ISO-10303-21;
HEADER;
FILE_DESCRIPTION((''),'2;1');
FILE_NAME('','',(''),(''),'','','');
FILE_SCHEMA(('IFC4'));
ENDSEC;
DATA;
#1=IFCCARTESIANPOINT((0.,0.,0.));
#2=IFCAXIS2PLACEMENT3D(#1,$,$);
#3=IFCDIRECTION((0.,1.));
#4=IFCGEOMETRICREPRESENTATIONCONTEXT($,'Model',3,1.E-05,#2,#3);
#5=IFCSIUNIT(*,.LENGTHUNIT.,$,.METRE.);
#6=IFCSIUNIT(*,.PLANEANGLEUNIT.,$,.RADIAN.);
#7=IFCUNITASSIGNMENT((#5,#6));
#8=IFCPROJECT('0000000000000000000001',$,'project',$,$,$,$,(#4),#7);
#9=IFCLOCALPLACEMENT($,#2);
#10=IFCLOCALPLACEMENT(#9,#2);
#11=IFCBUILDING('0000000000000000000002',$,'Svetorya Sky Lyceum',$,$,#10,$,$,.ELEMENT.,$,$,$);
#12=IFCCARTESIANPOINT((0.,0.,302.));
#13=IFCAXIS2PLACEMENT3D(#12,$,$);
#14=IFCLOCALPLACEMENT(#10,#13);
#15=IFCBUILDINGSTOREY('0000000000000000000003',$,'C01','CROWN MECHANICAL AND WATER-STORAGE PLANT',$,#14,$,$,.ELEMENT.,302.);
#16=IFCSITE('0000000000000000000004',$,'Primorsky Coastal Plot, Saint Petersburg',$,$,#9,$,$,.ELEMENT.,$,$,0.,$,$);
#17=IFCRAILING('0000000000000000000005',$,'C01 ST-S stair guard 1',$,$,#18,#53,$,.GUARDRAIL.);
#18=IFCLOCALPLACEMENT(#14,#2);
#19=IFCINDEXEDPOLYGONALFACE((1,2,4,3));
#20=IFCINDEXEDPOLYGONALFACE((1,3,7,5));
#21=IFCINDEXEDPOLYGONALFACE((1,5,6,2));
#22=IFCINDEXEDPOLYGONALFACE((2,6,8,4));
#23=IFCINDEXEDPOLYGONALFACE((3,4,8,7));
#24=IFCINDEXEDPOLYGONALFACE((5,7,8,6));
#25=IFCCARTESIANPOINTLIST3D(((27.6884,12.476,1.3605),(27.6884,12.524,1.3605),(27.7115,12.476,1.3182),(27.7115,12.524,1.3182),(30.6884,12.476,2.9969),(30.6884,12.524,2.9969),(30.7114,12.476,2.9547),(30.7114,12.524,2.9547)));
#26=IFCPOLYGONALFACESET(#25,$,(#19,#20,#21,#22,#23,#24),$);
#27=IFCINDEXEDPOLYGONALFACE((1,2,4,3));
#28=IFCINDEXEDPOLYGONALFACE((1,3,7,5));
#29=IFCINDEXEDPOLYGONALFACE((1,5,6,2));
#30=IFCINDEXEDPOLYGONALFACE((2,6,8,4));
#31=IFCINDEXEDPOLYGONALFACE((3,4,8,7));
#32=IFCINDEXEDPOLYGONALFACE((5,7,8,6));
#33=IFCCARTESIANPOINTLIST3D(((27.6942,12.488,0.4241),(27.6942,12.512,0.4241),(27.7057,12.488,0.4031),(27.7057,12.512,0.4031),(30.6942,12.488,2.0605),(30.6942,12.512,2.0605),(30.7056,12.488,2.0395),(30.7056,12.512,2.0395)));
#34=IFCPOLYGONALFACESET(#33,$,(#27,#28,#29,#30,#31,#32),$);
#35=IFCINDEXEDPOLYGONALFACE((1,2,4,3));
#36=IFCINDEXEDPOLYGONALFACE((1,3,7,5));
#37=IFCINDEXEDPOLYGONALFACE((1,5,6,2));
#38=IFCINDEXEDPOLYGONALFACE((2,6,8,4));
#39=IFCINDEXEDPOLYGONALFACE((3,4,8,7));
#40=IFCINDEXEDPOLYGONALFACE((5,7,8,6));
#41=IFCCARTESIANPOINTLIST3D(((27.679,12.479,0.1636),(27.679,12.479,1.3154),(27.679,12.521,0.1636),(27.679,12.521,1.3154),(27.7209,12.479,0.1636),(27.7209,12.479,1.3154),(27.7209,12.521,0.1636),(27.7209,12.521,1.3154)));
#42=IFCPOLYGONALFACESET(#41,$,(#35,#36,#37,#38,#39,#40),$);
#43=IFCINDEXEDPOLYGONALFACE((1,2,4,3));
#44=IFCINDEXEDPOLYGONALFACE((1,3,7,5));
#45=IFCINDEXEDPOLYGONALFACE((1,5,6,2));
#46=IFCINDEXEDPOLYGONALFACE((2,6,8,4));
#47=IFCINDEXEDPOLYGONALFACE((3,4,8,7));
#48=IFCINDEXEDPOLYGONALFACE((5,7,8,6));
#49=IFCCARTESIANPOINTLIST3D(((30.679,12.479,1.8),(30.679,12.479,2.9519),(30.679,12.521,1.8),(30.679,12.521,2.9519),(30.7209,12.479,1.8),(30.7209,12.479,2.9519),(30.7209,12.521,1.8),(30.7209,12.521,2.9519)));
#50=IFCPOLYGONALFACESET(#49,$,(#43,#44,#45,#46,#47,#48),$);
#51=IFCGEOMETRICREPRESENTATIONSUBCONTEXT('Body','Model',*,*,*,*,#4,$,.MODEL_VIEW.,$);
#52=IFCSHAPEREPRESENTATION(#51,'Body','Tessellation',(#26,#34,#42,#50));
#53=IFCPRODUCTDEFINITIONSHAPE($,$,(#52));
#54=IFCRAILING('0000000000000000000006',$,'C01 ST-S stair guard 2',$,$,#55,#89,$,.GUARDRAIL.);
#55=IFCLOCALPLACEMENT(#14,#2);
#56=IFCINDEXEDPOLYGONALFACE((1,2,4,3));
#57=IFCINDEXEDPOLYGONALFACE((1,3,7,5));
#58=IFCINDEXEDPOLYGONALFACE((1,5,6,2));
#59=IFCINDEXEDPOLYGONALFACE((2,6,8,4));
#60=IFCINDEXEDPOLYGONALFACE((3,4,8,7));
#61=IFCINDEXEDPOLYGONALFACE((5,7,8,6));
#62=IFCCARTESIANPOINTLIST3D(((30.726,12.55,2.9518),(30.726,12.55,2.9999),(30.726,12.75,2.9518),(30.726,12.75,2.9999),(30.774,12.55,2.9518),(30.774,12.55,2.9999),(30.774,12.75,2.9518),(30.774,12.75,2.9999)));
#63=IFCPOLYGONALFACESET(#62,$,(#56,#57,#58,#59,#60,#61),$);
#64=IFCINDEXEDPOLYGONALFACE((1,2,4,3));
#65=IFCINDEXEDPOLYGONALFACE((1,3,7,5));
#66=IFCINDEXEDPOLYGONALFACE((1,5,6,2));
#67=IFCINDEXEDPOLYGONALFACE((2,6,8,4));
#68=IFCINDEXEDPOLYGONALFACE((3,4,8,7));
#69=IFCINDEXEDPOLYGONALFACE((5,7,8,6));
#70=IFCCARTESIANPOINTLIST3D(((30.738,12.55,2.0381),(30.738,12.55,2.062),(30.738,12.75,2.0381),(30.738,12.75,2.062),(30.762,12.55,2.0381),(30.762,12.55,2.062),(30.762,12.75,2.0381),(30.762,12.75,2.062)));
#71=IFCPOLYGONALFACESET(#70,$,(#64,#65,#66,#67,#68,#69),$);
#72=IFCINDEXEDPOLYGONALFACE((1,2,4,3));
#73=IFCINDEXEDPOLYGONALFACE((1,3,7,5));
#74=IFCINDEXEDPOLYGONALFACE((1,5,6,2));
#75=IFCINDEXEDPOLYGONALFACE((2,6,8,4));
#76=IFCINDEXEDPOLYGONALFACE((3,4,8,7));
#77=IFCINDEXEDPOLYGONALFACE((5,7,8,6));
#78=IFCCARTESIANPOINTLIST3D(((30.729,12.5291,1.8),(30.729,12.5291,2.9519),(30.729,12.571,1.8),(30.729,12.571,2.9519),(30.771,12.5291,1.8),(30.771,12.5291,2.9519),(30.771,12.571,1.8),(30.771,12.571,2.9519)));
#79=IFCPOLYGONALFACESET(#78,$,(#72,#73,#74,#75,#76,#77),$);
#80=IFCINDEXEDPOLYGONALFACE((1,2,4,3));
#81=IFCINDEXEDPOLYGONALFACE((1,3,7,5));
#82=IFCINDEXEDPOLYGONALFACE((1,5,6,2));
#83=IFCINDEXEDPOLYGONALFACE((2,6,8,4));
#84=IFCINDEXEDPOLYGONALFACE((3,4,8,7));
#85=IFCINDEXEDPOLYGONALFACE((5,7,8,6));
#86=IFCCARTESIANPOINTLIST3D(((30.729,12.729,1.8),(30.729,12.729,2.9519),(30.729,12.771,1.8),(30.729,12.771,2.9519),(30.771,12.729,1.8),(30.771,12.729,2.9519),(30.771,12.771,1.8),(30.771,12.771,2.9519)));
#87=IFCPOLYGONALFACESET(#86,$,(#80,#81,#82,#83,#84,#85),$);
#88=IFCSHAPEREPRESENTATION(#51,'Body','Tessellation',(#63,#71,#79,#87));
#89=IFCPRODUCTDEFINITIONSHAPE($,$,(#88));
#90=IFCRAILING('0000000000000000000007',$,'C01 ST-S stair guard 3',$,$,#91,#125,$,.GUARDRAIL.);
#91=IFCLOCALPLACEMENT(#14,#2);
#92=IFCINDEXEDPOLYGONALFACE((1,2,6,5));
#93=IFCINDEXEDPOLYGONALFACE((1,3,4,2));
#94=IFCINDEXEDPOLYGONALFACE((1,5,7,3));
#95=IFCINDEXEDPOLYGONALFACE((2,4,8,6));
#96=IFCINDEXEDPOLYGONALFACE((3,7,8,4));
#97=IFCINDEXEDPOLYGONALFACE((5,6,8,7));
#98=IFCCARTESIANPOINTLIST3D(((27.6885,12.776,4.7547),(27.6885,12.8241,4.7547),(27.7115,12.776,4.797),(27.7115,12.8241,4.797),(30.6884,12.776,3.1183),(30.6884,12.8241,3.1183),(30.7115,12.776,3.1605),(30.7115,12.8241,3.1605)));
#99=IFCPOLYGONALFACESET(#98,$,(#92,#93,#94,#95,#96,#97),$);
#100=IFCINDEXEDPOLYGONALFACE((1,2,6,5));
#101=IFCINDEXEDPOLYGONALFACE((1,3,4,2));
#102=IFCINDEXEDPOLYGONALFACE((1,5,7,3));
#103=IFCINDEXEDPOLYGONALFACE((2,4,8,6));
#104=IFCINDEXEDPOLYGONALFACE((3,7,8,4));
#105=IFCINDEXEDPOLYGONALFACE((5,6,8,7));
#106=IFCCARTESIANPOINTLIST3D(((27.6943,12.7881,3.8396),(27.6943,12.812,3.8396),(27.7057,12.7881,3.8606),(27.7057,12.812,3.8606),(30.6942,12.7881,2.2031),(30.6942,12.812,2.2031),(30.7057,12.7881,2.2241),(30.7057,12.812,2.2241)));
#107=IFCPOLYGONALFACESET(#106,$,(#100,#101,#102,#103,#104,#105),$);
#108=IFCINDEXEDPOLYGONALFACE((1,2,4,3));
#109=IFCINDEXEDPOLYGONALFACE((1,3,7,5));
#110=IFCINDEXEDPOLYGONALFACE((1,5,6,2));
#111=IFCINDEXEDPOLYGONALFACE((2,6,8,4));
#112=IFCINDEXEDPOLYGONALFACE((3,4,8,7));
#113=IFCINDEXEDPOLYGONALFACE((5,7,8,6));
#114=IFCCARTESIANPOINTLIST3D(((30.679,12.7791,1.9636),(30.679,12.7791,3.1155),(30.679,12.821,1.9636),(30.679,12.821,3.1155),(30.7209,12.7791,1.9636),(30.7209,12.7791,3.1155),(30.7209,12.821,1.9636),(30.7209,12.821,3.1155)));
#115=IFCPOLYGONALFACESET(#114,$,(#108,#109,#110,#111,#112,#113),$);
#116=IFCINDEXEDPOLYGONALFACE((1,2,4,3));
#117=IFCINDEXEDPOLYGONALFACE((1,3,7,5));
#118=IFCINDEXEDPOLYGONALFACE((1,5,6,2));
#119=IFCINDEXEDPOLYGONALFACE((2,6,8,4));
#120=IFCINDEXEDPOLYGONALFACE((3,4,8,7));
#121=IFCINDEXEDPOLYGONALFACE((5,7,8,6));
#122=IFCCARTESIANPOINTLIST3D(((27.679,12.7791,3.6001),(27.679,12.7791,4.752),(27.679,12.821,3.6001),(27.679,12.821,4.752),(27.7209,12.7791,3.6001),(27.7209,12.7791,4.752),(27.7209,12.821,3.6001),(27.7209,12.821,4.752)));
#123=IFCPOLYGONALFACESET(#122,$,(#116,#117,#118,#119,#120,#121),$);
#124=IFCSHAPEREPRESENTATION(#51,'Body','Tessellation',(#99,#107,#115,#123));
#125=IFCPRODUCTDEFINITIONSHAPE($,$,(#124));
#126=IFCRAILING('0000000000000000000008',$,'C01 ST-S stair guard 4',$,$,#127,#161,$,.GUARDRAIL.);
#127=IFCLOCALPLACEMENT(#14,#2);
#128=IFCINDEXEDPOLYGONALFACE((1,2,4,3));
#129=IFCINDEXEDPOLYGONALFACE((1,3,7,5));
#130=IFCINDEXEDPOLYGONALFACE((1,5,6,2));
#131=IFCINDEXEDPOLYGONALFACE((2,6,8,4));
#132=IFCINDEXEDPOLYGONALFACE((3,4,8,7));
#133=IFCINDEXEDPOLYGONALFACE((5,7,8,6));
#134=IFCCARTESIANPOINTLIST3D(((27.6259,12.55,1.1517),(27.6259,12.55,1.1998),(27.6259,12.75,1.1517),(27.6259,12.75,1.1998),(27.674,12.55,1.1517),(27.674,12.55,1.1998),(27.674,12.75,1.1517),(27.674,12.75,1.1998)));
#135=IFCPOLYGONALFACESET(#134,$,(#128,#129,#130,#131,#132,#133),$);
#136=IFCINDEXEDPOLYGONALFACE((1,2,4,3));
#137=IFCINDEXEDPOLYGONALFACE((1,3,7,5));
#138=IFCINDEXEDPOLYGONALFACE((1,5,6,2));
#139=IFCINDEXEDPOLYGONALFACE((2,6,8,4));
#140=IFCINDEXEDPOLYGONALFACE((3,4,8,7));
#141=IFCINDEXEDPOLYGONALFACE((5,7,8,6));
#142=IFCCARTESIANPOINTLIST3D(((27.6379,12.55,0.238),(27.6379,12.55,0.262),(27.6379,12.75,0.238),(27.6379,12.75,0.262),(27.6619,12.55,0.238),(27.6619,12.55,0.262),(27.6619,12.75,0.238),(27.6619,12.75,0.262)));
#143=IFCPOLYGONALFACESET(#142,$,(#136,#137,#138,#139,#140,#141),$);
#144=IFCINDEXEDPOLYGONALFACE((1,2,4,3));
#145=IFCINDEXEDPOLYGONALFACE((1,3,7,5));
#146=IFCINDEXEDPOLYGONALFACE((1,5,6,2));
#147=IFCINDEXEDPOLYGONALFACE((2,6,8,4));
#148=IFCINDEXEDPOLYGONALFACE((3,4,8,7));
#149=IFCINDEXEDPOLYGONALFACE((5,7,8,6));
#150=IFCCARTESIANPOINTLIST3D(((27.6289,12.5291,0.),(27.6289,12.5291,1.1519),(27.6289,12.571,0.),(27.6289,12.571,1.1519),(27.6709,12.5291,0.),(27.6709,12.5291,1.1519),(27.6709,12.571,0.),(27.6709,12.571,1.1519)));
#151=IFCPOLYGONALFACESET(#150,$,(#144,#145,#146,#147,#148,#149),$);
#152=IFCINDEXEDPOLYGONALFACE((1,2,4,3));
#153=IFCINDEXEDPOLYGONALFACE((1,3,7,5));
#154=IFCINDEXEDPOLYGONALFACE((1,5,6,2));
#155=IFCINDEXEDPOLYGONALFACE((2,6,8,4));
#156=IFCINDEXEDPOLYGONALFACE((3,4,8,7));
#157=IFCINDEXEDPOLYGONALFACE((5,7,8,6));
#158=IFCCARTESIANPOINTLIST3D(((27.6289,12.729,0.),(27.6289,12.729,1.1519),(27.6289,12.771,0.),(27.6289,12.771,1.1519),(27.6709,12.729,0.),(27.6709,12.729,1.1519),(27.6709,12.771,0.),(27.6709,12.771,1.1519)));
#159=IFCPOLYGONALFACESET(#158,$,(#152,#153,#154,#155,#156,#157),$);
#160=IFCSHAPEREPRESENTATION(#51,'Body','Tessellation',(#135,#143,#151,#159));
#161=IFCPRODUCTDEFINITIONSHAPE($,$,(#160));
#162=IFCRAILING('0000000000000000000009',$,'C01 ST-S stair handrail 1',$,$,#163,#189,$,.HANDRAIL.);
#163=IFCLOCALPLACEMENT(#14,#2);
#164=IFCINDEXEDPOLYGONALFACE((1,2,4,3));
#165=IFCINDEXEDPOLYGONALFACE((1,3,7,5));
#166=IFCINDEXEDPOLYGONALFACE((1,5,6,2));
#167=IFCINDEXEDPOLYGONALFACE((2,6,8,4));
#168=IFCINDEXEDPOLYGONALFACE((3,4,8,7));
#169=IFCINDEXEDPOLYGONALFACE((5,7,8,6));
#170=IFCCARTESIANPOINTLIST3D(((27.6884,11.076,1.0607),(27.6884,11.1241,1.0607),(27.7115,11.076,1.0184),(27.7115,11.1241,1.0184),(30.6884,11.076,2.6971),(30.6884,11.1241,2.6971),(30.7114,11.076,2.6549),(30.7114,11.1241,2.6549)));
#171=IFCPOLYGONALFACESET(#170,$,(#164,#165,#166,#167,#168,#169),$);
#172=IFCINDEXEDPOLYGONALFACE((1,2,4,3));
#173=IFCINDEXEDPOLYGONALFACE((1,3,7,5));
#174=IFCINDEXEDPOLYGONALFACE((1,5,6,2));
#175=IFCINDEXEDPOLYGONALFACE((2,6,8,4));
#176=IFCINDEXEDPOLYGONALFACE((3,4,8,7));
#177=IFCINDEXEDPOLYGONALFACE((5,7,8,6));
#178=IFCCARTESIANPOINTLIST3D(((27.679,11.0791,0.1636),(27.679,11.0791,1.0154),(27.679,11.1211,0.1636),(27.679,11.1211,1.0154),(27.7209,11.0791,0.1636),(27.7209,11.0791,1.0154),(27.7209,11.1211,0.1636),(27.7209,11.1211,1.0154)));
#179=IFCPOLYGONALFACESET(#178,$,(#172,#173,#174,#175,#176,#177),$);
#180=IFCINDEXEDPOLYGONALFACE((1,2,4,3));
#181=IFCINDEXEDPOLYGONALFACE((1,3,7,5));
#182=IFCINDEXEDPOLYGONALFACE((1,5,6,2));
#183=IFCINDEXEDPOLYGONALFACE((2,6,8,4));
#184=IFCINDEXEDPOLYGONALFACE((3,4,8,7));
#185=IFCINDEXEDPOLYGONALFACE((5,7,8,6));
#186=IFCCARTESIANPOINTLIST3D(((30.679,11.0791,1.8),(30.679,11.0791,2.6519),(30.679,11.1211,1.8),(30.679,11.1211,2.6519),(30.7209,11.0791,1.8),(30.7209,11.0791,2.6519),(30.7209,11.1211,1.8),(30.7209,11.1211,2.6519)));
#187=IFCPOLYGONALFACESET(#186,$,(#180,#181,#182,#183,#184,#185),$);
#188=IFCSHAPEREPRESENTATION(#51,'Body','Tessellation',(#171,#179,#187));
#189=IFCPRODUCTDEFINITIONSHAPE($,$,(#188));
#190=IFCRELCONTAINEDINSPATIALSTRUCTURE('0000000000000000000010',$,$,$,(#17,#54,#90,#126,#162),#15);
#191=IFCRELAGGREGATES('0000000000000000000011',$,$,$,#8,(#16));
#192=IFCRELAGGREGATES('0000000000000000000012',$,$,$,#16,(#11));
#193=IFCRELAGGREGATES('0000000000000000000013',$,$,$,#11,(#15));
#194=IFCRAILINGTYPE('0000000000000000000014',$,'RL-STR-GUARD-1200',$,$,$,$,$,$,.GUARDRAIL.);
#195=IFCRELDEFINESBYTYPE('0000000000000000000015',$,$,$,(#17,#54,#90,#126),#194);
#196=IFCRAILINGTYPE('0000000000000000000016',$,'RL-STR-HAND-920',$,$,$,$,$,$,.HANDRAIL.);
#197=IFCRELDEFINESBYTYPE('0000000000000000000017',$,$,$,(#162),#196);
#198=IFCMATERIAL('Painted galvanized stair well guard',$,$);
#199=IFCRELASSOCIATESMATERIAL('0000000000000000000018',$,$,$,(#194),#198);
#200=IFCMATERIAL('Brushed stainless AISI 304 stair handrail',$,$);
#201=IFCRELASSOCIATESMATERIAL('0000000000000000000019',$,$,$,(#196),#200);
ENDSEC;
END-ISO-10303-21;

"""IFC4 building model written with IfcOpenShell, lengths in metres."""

from ifc_helpers import new_model, si_unit, direction, frame, origin, origin_2d, place, context, subcontext, project, spatial, rectangle, extrude, material, type_object, element, save


model = new_model("IFC4")

# Units and contexts
model_context = context("Model", 3, precision=1e-05, world=origin(), true_north=direction((0.0, 1.0)))
body_context = subcontext(model_context, "Body", "Model", "MODEL_VIEW")
ifc_project = project(units=[si_unit("LENGTHUNIT", "METRE"), si_unit("PLANEANGLEUNIT", "RADIAN")], contexts=[model_context])

# Site, building, storey
site_placement = place(None, origin())
site = spatial("IfcSite", under=ifc_project, at=site_placement, Name="Primorsky Coastal Plot, Saint Petersburg", CompositionType="ELEMENT", RefElevation=0.0)
building_placement = place(site_placement, origin())
building = spatial("IfcBuilding", under=site, at=building_placement, Name="Svetorya Sky Lyceum", CompositionType="ELEMENT")
storey_placement = place(building_placement, frame((0.0, 0.0, 302.0)))
storey = spatial("IfcBuildingStorey", under=building, at=storey_placement, Name="C01", Description="CROWN MECHANICAL AND WATER-STORAGE PLANT", CompositionType="ELEMENT", Elevation=302.0)

# Railings
ifc_material_1 = material(Name="Painted galvanized stair well guard")
railing_type_1 = type_object("IfcRailingType", Name="RL-STR-GUARD-1200", PredefinedType="GUARDRAIL", material=ifc_material_1)
railing_1_placement = place(storey_placement, frame((27.7, 12.5, 0.1636)))
element("IfcRailing", 1, at=railing_1_placement, inside=storey, type_object=railing_type_1, Name="C01 ST-S stair guard 1", PredefinedType="GUARDRAIL", context=body_context, shape_type="SweptSolid", body=[
    extrude(rectangle(XDim=0.0481, YDim=0.0481, at=origin_2d()), frame((0.0, 0.0, 1.1758), z_axis=(0.877882, 0.0, 0.478877), x_axis=(0.0, 1.0, 0.0)), (0.0, 0.0, 1.0), 3.4172),
    extrude(rectangle(XDim=0.0239, YDim=0.0239, at=origin_2d()), frame((0.0, 0.0, 0.25), z_axis=(0.877882, 0.0, 0.478877), x_axis=(0.0, 1.0, 0.0)), (0.0, 0.0, 1.0), 3.4172),
    extrude(rectangle(XDim=0.042, YDim=0.042, at=origin_2d()), origin(), (0.0, 0.0, 1.0), 1.1519),
    extrude(rectangle(XDim=0.042, YDim=0.042, at=origin_2d()), frame((3.0, 0.0, 1.6365)), (0.0, 0.0, 1.0), 1.1519),
])
railing_2_placement = place(storey_placement, frame((30.75, 12.55, 1.8)))
element("IfcRailing", 2, at=railing_2_placement, inside=storey, type_object=railing_type_1, Name="C01 ST-S stair guard 2", PredefinedType="GUARDRAIL", context=body_context, shape_type="SweptSolid", body=[
    extrude(rectangle(XDim=0.0481, YDim=0.0481, at=origin_2d()), frame((0.0, 0.0, 1.1758), z_axis=(0.0, 1.0, 0.0), x_axis=(-1.0, 0.0, 0.0)), (0.0, 0.0, 1.0), 0.2),
    extrude(rectangle(XDim=0.0239, YDim=0.0239, at=origin_2d()), frame((0.0, 0.0, 0.25), z_axis=(0.0, 1.0, 0.0), x_axis=(-1.0, 0.0, 0.0)), (0.0, 0.0, 1.0), 0.2),
    extrude(rectangle(XDim=0.042, YDim=0.042, at=origin_2d()), origin(), (0.0, 0.0, 1.0), 1.1519),
    extrude(rectangle(XDim=0.042, YDim=0.042, at=origin_2d()), frame((0.0, 0.2, 0.0)), (0.0, 0.0, 1.0), 1.1519),
])
railing_3_placement = place(storey_placement, frame((30.7, 12.8, 1.9636)))
element("IfcRailing", 3, at=railing_3_placement, inside=storey, type_object=railing_type_1, Name="C01 ST-S stair guard 3", PredefinedType="GUARDRAIL", context=body_context, shape_type="SweptSolid", body=[
    extrude(rectangle(XDim=0.0481, YDim=0.0481, at=origin_2d()), frame((0.0, 0.0, 1.1758), z_axis=(-0.877882, 0.0, 0.478877), x_axis=(0.0, -1.0, 0.0)), (0.0, 0.0, 1.0), 3.4172),
    extrude(rectangle(XDim=0.0239, YDim=0.0239, at=origin_2d()), frame((0.0, 0.0, 0.25), z_axis=(-0.877882, 0.0, 0.478877), x_axis=(0.0, -1.0, 0.0)), (0.0, 0.0, 1.0), 3.4172),
    extrude(rectangle(XDim=0.042, YDim=0.042, at=origin_2d()), origin(), (0.0, 0.0, 1.0), 1.1519),
    extrude(rectangle(XDim=0.042, YDim=0.042, at=origin_2d()), frame((-3.0, 0.0, 1.6365)), (0.0, 0.0, 1.0), 1.1519),
])
railing_4_placement = place(storey_placement, frame((27.6499, 12.55, 0.0)))
element("IfcRailing", 4, at=railing_4_placement, inside=storey, type_object=railing_type_1, Name="C01 ST-S stair guard 4", PredefinedType="GUARDRAIL", context=body_context, shape_type="SweptSolid", body=[
    extrude(rectangle(XDim=0.0481, YDim=0.0481, at=origin_2d()), frame((0.0, 0.0, 1.1758), z_axis=(0.0, 1.0, 0.0), x_axis=(-1.0, 0.0, 0.0)), (0.0, 0.0, 1.0), 0.2),
    extrude(rectangle(XDim=0.0239, YDim=0.0239, at=origin_2d()), frame((0.0, 0.0, 0.25), z_axis=(0.0, 1.0, 0.0), x_axis=(-1.0, 0.0, 0.0)), (0.0, 0.0, 1.0), 0.2),
    extrude(rectangle(XDim=0.042, YDim=0.042, at=origin_2d()), origin(), (0.0, 0.0, 1.0), 1.1519),
    extrude(rectangle(XDim=0.042, YDim=0.042, at=origin_2d()), frame((0.0, 0.2, 0.0)), (0.0, 0.0, 1.0), 1.1519),
])
ifc_material_2 = material(Name="Brushed stainless AISI 304 stair handrail")
railing_type_2 = type_object("IfcRailingType", Name="RL-STR-HAND-920", PredefinedType="HANDRAIL", material=ifc_material_2)
railing_5_placement = place(storey_placement, frame((27.7, 11.1001, 0.1636)))
element("IfcRailing", 5, at=railing_5_placement, inside=storey, type_object=railing_type_2, Name="C01 ST-S stair handrail 1", PredefinedType="HANDRAIL", context=body_context, shape_type="SweptSolid", body=[
    extrude(rectangle(XDim=0.0481, YDim=0.0481, at=origin_2d()), frame((0.0, 0.0, 0.876), z_axis=(0.877882, 0.0, 0.478877), x_axis=(0.0, 1.0, 0.0)), (0.0, 0.0, 1.0), 3.4172),
    extrude(rectangle(XDim=0.042, YDim=0.042, at=origin_2d()), origin(), (0.0, 0.0, 1.0), 0.8518),
    extrude(rectangle(XDim=0.042, YDim=0.042, at=origin_2d()), frame((3.0, 0.0, 1.6365)), (0.0, 0.0, 1.0), 0.8518),
])

save(model, "model.ifc")
